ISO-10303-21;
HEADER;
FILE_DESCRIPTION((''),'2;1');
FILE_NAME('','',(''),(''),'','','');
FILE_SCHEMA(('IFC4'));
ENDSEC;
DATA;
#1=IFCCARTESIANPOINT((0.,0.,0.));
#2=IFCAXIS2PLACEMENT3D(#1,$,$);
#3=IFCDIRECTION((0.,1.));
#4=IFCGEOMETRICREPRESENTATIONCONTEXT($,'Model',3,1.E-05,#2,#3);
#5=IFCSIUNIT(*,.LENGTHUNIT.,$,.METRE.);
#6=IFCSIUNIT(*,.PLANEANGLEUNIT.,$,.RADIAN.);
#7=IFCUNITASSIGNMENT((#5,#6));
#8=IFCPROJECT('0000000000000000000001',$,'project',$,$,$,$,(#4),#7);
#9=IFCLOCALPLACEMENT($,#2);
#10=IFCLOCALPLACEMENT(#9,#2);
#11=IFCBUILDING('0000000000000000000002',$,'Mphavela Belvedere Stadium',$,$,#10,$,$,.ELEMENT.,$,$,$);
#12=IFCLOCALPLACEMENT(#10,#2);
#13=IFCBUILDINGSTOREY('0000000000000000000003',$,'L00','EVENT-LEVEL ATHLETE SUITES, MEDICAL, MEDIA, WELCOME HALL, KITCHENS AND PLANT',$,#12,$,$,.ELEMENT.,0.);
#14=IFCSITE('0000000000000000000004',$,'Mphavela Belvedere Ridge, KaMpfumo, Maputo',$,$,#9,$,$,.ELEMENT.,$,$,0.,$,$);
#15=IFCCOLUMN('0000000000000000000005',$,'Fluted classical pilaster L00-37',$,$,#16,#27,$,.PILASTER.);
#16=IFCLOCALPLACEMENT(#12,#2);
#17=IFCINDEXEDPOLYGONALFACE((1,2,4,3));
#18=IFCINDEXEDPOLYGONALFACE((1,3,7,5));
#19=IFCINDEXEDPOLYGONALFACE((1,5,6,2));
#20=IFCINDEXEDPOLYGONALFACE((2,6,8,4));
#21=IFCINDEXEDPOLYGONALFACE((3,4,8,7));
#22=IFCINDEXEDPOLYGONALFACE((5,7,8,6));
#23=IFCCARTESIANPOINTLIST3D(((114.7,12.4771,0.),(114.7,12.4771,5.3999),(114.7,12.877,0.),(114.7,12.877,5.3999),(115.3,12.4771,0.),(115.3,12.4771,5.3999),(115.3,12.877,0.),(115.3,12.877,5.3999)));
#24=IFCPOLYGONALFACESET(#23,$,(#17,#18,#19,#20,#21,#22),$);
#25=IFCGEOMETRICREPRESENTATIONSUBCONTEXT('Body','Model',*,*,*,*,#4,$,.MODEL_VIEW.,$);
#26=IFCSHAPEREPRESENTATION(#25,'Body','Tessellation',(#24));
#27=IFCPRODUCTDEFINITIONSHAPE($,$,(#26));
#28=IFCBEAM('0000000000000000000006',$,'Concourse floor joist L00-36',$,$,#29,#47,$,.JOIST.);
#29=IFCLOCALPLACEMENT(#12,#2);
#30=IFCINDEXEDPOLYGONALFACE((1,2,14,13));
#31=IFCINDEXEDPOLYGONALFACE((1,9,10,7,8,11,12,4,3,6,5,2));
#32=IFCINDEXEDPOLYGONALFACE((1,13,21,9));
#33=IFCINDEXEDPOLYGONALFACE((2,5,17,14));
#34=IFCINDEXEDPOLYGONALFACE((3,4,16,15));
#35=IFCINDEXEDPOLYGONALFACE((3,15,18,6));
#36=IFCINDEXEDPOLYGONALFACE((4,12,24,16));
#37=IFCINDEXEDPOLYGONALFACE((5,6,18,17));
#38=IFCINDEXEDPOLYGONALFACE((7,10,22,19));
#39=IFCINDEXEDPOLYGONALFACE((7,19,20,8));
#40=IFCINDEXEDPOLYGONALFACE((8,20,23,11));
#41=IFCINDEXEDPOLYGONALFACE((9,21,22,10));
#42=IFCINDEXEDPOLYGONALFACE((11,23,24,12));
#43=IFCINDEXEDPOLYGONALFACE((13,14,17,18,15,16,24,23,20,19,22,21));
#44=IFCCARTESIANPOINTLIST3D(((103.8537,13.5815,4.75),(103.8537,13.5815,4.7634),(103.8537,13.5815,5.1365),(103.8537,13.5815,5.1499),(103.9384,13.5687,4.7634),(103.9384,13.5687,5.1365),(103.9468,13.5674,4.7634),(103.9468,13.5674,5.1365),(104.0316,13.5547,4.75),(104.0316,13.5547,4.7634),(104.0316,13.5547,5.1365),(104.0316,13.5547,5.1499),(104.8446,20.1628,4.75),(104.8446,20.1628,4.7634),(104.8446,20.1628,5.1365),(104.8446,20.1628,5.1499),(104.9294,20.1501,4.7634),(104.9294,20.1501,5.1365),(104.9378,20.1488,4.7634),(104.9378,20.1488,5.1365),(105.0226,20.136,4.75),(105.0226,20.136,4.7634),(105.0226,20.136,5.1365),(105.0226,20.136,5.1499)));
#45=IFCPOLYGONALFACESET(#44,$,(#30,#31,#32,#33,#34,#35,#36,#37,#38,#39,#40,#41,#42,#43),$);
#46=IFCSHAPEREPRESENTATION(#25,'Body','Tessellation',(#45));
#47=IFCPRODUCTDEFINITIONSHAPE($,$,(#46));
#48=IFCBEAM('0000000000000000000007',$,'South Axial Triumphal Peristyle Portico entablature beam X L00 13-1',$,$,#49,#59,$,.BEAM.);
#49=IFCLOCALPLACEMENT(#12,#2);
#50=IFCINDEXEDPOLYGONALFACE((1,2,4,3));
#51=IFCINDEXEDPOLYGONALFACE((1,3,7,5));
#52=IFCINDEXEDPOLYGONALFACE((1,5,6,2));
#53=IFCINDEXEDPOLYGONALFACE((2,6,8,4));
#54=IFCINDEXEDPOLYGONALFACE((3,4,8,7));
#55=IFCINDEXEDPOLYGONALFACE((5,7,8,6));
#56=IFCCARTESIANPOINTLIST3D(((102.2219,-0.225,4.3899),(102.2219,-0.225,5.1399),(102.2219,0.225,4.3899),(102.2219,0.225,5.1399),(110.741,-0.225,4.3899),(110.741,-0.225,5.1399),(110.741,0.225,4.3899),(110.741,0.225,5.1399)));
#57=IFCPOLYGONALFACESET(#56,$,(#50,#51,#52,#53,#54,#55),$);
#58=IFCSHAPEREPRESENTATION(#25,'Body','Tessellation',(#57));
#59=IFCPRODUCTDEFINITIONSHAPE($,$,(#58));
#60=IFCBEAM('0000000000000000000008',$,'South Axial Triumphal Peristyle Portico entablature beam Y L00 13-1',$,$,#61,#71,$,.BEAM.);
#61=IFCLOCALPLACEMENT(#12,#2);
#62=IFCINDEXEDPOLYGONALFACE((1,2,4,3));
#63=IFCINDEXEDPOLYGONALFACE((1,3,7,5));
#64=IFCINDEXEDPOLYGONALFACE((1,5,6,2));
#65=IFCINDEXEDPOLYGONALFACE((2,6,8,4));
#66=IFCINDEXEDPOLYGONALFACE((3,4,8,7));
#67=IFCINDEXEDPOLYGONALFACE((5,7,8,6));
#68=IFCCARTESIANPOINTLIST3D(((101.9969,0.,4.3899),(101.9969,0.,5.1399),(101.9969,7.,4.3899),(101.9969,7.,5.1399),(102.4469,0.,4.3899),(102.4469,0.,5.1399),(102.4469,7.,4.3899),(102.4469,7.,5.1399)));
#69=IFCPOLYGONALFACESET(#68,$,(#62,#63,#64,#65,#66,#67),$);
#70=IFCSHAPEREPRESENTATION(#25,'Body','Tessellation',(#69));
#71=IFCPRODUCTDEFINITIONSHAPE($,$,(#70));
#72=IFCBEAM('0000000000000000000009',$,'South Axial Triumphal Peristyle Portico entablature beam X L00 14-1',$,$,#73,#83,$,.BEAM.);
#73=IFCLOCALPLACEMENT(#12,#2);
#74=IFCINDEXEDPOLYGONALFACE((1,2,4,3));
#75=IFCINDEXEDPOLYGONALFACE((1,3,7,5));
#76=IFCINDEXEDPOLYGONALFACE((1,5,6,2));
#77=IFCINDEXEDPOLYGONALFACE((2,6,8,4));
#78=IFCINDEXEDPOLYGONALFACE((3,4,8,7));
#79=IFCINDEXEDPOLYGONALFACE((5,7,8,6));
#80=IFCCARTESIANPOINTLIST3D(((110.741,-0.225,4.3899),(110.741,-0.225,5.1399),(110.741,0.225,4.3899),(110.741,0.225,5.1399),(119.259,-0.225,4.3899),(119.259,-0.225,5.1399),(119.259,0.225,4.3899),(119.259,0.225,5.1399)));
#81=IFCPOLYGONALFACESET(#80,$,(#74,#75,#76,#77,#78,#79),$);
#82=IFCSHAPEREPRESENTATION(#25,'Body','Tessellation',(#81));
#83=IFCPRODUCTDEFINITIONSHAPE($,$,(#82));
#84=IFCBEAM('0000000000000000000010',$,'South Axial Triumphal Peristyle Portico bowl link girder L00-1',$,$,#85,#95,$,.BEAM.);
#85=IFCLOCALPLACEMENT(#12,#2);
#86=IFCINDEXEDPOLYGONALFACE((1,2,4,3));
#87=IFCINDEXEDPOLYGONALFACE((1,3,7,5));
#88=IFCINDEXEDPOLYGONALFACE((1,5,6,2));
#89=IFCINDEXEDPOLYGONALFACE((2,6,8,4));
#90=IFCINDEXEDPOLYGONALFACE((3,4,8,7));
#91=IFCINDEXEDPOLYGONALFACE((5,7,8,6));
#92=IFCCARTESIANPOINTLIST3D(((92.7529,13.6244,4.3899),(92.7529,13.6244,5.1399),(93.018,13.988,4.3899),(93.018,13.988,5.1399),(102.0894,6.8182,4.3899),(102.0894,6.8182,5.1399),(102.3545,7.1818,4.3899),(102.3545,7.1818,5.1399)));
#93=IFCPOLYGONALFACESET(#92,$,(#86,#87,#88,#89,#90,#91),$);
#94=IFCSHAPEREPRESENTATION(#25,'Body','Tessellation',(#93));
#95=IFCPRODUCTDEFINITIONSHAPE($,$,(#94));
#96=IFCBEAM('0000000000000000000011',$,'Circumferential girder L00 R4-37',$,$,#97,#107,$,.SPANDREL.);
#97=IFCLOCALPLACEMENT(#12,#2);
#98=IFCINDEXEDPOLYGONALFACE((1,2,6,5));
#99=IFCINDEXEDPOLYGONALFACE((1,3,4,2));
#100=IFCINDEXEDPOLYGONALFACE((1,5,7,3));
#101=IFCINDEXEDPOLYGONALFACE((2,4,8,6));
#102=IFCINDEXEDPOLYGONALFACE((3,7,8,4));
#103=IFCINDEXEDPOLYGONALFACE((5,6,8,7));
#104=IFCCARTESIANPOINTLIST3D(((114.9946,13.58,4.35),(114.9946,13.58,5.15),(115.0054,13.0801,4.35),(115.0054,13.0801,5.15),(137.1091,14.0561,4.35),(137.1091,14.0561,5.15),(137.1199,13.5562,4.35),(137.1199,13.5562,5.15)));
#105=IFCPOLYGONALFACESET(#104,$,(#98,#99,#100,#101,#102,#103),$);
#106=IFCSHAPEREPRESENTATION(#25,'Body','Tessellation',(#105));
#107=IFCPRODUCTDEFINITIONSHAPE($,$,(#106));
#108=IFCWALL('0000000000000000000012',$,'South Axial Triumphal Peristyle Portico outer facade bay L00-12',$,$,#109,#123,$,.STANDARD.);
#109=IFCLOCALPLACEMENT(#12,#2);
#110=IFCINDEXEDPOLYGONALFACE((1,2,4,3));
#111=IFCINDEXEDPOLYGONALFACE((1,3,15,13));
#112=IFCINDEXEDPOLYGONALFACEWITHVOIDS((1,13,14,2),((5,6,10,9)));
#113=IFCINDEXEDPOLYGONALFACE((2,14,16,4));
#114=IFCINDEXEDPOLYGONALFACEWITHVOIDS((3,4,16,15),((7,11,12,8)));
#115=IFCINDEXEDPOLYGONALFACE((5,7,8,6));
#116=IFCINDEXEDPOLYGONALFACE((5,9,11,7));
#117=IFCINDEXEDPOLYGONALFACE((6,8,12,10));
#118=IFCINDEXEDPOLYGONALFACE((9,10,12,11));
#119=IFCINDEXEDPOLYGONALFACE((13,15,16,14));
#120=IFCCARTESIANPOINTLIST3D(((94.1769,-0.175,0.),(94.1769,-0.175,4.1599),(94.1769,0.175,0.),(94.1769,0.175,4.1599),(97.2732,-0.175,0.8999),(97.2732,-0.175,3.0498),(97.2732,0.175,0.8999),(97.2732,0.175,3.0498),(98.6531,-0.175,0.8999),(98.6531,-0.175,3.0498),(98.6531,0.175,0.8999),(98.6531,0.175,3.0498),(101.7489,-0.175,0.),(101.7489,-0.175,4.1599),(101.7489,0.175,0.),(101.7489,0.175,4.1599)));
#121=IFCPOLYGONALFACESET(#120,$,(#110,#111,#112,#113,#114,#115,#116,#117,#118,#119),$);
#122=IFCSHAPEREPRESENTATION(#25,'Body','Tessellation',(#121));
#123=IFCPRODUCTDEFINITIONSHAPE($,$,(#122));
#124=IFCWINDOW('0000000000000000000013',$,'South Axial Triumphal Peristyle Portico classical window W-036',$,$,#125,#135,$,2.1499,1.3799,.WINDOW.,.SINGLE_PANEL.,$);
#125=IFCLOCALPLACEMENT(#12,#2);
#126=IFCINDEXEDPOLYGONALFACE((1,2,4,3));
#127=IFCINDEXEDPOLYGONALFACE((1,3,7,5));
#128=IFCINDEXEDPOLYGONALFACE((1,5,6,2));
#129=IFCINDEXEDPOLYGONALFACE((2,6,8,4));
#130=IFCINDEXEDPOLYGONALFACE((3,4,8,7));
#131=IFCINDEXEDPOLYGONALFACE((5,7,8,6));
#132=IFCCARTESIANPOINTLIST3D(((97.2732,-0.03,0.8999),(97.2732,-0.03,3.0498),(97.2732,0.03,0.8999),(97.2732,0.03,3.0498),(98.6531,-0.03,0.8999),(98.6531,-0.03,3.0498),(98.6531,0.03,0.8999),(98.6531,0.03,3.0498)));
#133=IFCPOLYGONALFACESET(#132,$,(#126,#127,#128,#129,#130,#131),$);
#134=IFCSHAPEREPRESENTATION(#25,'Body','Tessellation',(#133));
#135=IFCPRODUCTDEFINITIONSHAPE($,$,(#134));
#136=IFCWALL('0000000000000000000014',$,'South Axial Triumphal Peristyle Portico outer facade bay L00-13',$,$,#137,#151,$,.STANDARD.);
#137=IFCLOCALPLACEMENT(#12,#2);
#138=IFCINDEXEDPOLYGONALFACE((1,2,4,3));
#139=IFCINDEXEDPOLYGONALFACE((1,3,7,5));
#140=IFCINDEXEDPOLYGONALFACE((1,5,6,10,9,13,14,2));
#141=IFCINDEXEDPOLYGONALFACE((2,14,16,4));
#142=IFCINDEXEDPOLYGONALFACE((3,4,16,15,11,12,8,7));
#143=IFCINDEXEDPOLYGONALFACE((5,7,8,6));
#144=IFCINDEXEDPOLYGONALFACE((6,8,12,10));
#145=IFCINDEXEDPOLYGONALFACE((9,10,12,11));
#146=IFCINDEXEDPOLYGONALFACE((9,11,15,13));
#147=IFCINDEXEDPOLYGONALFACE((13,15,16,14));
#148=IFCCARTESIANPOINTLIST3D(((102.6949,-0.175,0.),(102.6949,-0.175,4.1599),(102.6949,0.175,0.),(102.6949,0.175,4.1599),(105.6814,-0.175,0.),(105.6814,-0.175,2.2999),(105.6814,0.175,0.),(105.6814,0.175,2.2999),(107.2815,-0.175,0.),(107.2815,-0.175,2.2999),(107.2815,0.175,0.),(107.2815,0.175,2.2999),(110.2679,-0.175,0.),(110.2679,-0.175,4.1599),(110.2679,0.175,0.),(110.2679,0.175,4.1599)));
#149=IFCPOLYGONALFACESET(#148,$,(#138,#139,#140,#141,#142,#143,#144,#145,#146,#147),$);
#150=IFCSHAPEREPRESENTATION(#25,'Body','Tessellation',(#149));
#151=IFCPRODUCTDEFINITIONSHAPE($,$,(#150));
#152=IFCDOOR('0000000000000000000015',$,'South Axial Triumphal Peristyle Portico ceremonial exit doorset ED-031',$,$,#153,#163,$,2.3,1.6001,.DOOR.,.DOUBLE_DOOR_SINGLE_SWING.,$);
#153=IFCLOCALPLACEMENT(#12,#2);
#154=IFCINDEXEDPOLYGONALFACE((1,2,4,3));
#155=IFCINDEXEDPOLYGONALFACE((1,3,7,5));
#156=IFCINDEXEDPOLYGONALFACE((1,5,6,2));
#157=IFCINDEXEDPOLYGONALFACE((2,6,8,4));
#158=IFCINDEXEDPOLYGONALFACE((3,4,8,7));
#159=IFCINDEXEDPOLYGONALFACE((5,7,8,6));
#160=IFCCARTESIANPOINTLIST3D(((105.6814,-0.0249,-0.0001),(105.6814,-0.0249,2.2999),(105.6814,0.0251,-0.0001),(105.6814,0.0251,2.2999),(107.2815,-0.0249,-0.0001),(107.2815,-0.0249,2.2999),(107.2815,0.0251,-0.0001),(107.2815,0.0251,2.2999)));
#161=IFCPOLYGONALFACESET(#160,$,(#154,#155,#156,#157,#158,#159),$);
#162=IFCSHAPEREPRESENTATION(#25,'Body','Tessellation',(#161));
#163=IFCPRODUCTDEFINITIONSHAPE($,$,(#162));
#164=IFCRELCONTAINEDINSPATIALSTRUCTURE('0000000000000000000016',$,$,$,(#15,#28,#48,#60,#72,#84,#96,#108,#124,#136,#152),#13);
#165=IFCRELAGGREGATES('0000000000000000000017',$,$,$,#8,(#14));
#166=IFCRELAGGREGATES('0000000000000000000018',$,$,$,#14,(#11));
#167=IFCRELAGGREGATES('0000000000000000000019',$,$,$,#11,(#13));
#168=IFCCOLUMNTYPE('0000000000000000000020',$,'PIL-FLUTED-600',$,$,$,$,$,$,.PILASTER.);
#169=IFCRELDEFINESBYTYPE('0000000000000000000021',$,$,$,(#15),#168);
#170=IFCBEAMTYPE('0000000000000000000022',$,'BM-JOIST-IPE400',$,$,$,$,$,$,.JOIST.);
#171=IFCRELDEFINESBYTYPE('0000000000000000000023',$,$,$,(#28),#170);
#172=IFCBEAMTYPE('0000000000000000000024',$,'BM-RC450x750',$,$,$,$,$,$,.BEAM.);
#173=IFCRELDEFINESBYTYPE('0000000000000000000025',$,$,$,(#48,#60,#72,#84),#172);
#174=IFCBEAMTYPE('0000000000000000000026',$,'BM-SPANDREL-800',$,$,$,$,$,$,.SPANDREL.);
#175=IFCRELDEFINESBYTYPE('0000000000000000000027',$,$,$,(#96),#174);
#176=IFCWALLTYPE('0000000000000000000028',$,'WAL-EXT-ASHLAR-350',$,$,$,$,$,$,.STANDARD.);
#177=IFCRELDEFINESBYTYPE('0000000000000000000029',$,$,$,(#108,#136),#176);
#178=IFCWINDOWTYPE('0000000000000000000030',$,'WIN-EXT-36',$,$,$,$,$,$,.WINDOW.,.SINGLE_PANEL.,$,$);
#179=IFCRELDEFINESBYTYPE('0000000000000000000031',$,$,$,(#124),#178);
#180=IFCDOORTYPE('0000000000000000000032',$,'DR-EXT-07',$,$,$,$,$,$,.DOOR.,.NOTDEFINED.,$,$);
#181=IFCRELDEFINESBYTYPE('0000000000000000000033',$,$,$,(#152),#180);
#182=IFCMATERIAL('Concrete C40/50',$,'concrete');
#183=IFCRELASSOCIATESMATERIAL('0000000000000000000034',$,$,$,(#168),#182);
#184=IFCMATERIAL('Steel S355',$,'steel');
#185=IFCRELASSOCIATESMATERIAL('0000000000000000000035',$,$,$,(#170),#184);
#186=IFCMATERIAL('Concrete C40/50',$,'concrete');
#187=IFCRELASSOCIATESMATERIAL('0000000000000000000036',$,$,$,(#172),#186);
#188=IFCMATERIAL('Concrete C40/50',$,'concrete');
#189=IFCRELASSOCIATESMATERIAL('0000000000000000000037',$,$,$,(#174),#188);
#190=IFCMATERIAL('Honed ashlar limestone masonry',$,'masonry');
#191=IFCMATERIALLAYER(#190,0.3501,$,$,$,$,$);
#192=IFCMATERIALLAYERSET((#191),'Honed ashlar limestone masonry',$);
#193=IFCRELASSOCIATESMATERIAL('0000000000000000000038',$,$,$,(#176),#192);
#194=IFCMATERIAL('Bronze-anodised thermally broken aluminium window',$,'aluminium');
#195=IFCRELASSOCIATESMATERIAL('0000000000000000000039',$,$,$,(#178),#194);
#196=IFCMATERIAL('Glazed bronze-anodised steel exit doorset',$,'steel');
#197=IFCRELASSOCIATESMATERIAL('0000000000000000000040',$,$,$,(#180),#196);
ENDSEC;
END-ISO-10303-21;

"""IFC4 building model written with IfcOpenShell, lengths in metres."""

from ifc_helpers import new_model, si_unit, direction, frame, frame_2d, origin, origin_2d, place, context, subcontext, project, spatial, rectangle, i_section, extrude, material, layer, layer_set, material_profile, profile_set, type_object, element, fill, save


model = new_model("IFC4")

# Units and contexts
model_context = context("Model", 3, precision=1e-05, world=origin(), true_north=direction((0.0, 1.0)))
body_context = subcontext(model_context, "Body", "Model", "MODEL_VIEW")
ifc_project = project(units=[si_unit("LENGTHUNIT", "METRE"), si_unit("PLANEANGLEUNIT", "RADIAN")], contexts=[model_context])

# Site, building, storey
site_placement = place(None, origin())
site = spatial("IfcSite", under=ifc_project, at=site_placement, Name="Mphavela Belvedere Ridge, KaMpfumo, Maputo", CompositionType="ELEMENT", RefElevation=0.0)
building_placement = place(site_placement, origin())
building = spatial("IfcBuilding", under=site, at=building_placement, Name="Mphavela Belvedere Stadium", CompositionType="ELEMENT")
storey_placement = place(building_placement, origin())
storey = spatial("IfcBuildingStorey", under=building, at=storey_placement, Name="L00", Description="EVENT-LEVEL ATHLETE SUITES, MEDICAL, MEDIA, WELCOME HALL, KITCHENS AND PLANT", CompositionType="ELEMENT", Elevation=0.0)

# Column
ifc_material_1 = material(Name="Concrete C40/50", Category="concrete")
ifc_material_profile_1 = material_profile(ifc_material_1, rectangle(XDim=0.6001, YDim=0.3999, at=origin_2d()), Name="PIL 600x400")
ifc_profile_set_1 = profile_set([ifc_material_profile_1], Name="Concrete C40/50")
column_type_1 = type_object("IfcColumnType", Name="PIL-FLUTED-600", PredefinedType="PILASTER", material=ifc_profile_set_1)
column_1_placement = place(storey_placement, frame((115.0, 12.677, 0.0), z_axis=(0.0, 0.0, 1.0), x_axis=(1.0, 0.0, 0.0)))
element("IfcColumn", 1, at=column_1_placement, inside=storey, type_object=column_type_1, Name="Fluted classical pilaster L00-37", PredefinedType="PILASTER", context=body_context, shape_type="SweptSolid", body=[
    extrude(rectangle(XDim=0.6001, YDim=0.3999, at=origin_2d()), origin(), (0.0, 0.0, 1.0), 5.3999),
])

# Beams
ifc_material_2 = material(Name="Steel S355", Category="steel")
ifc_material_profile_2 = material_profile(ifc_material_2, i_section(OverallWidth=0.1799, OverallDepth=0.3999, WebThickness=0.0085, FlangeThickness=0.0134, at=origin_2d()), Name="IPE 400")
ifc_profile_set_2 = profile_set([ifc_material_profile_2], Name="Steel S355")
beam_type_1 = type_object("IfcBeamType", Name="BM-JOIST-IPE400", PredefinedType="JOIST", material=ifc_profile_set_2)
beam_1_placement = place(storey_placement, frame((104.9336, 20.1494, 4.95), z_axis=(-0.148895, -0.988853, 0.0), x_axis=(0.988853, -0.148895, 0.0)))
element("IfcBeam", 2, at=beam_1_placement, inside=storey, type_object=beam_type_1, Name="Concourse floor joist L00-36", PredefinedType="JOIST", context=body_context, shape_type="SweptSolid", body=[
    extrude(i_section(OverallWidth=0.1799, OverallDepth=0.3999, WebThickness=0.0085, FlangeThickness=0.0134, at=origin_2d()), origin(), (0.0, 0.0, 1.0), 6.6555),
])
ifc_material_3 = material(Name="Concrete C40/50", Category="concrete")
ifc_material_profile_3 = material_profile(ifc_material_3, rectangle(XDim=0.45, YDim=0.75, at=origin_2d()), Name="RC 450x750")
ifc_profile_set_3 = profile_set([ifc_material_profile_3], Name="Concrete C40/50")
beam_type_2 = type_object("IfcBeamType", Name="BM-RC450x750", PredefinedType="BEAM", material=ifc_profile_set_3)
beam_2_placement = place(storey_placement, frame((102.2219, 0.0, 4.7649), z_axis=(1.0, 0.0, 0.0), x_axis=(0.0, 1.0, 0.0)))
element("IfcBeam", 3, at=beam_2_placement, inside=storey, type_object=beam_type_2, Name="South Axial Triumphal Peristyle Portico entablature beam X L00 13-1", PredefinedType="BEAM", context=body_context, shape_type="SweptSolid", body=[
    extrude(rectangle(XDim=0.45, YDim=0.75, at=origin_2d()), origin(), (0.0, 0.0, 1.0), 8.519),
])
beam_3_placement = place(storey_placement, frame((102.2219, 0.0, 4.7649), z_axis=(0.0, 1.0, 0.0), x_axis=(-1.0, 0.0, 0.0)))
element("IfcBeam", 4, at=beam_3_placement, inside=storey, type_object=beam_type_2, Name="South Axial Triumphal Peristyle Portico entablature beam Y L00 13-1", PredefinedType="BEAM", context=body_context, shape_type="SweptSolid", body=[
    extrude(rectangle(XDim=0.45, YDim=0.75, at=origin_2d()), origin(), (0.0, 0.0, 1.0), 7.0),
])
beam_4_placement = place(storey_placement, frame((110.741, 0.0, 4.7649), z_axis=(1.0, 0.0, 0.0), x_axis=(0.0, 1.0, 0.0)))
element("IfcBeam", 5, at=beam_4_placement, inside=storey, type_object=beam_type_2, Name="South Axial Triumphal Peristyle Portico entablature beam X L00 14-1", PredefinedType="BEAM", context=body_context, shape_type="SweptSolid", body=[
    extrude(rectangle(XDim=0.45, YDim=0.75, at=origin_2d()), origin(), (0.0, 0.0, 1.0), 8.5181),
])
beam_5_placement = place(storey_placement, frame((102.2219, 7.0, 4.7649), z_axis=(-0.808076, 0.589078, 0.0), x_axis=(-0.589078, -0.808076, 0.0)))
element("IfcBeam", 6, at=beam_5_placement, inside=storey, type_object=beam_type_2, Name="South Axial Triumphal Peristyle Portico bowl link girder L00-1", PredefinedType="BEAM", context=body_context, shape_type="SweptSolid", body=[
    extrude(rectangle(XDim=0.45, YDim=0.75, at=origin_2d()), origin(), (0.0, 0.0, 1.0), 11.554),
])
ifc_material_4 = material(Name="Concrete C40/50", Category="concrete")
ifc_material_profile_4 = material_profile(ifc_material_4, rectangle(XDim=0.5, YDim=0.8, at=origin_2d()), Name="RC 500x800")
ifc_profile_set_4 = profile_set([ifc_material_profile_4], Name="Concrete C40/50")
beam_type_3 = type_object("IfcBeamType", Name="BM-SPANDREL-800", PredefinedType="SPANDREL", material=ifc_profile_set_4)
beam_6_placement = place(storey_placement, frame((115.0, 13.3301, 4.75), z_axis=(0.999768, 0.021523, 0.0), x_axis=(-0.021523, 0.999768, 0.0)))
element("IfcBeam", 7, at=beam_6_placement, inside=storey, type_object=beam_type_3, Name="Circumferential girder L00 R4-37", PredefinedType="SPANDREL", context=body_context, shape_type="SweptSolid", body=[
    extrude(rectangle(XDim=0.5, YDim=0.8, at=origin_2d()), origin(), (0.0, 0.0, 1.0), 22.1196),
])

# Wall, opening, window
ifc_material_5 = material(Name="Honed ashlar limestone masonry", Category="masonry")
ifc_layer_1 = layer(ifc_material_5, 0.3501)
ifc_layer_set_1 = layer_set([ifc_layer_1], Name="Honed ashlar limestone masonry")
wall_type_1 = type_object("IfcWallType", Name="WAL-EXT-ASHLAR-350", PredefinedType="STANDARD", material=ifc_layer_set_1)
wall_1_placement = place(storey_placement, frame((101.749, 0.0, 0.0), z_axis=(0.0, 0.0, 1.0), x_axis=(-1.0, 0.0, 0.0)))
wall_1 = element("IfcWall", 8, at=wall_1_placement, inside=storey, type_object=wall_type_1, Name="South Axial Triumphal Peristyle Portico outer facade bay L00-12", PredefinedType="STANDARD", context=body_context, shape_type="SweptSolid", body=[
    extrude(rectangle(XDim=7.572, YDim=0.3501, at=frame_2d((3.7861, 0.0))), origin(), (0.0, 0.0, 1.0), 4.1599),
])
opening_1_placement = place(wall_1_placement, frame((3.0959, 0.0, 0.8999)))
opening_1 = element("IfcOpeningElement", 9, at=opening_1_placement, cuts=wall_1, PredefinedType="OPENING", context=body_context, shape_type="SweptSolid", body=[
    extrude(rectangle(XDim=1.3799, YDim=2.1499, at=frame_2d((0.6899, 1.075))), frame((0.0, 0.1851, 0.0), z_axis=(0.0, -1.0, 0.0), x_axis=(1.0, 0.0, 0.0)), (0.0, 0.0, 1.0), 0.3701),
])
ifc_material_6 = material(Name="Bronze-anodised thermally broken aluminium window", Category="aluminium")
window_type = type_object("IfcWindowType", Name="WIN-EXT-36", PartitioningType="SINGLE_PANEL", PredefinedType="WINDOW", material=ifc_material_6)
window_placement = place(opening_1_placement, origin())
window = element("IfcWindow", 10, at=window_placement, inside=storey, type_object=window_type, Name="South Axial Triumphal Peristyle Portico classical window W-036", OverallHeight=2.1499, OverallWidth=1.3799, PartitioningType="SINGLE_PANEL", PredefinedType="WINDOW", context=body_context, shape_type="SweptSolid", body=[
    extrude(rectangle(XDim=1.3799, YDim=2.1499, at=frame_2d((0.6899, 1.075))), frame((0.0, 0.03, 0.0), z_axis=(0.0, -1.0, 0.0), x_axis=(1.0, 0.0, 0.0)), (0.0, 0.0, 1.0), 0.0601),
])
fill(opening_1, window)

# Wall, opening, door
wall_2_placement = place(storey_placement, frame((110.2681, 0.0, 0.0), z_axis=(0.0, 0.0, 1.0), x_axis=(-1.0, 0.0, 0.0)))
wall_2 = element("IfcWall", 11, at=wall_2_placement, inside=storey, type_object=wall_type_1, Name="South Axial Triumphal Peristyle Portico outer facade bay L00-13", PredefinedType="STANDARD", context=body_context, shape_type="SweptSolid", body=[
    extrude(rectangle(XDim=7.573, YDim=0.3501, at=frame_2d((3.7866, 0.0))), origin(), (0.0, 0.0, 1.0), 4.1599),
])
opening_2_placement = place(wall_2_placement, frame((2.9866, 0.0, 0.0)))
opening_2 = element("IfcOpeningElement", 12, at=opening_2_placement, cuts=wall_2, PredefinedType="OPENING", context=body_context, shape_type="SweptSolid", body=[
    extrude(rectangle(XDim=1.6001, YDim=2.3, at=frame_2d((0.8, 1.1499))), frame((0.0, 0.1851, 0.0), z_axis=(0.0, -1.0, 0.0), x_axis=(1.0, 0.0, 0.0)), (0.0, 0.0, 1.0), 0.3701),
])
ifc_material_7 = material(Name="Glazed bronze-anodised steel exit doorset", Category="steel")
door_type_1 = type_object("IfcDoorType", Name="DR-EXT-07", OperationType="NOTDEFINED", PredefinedType="DOOR", material=ifc_material_7)
door_1_placement = place(opening_2_placement, origin())
door_1 = element("IfcDoor", 13, at=door_1_placement, inside=storey, type_object=door_type_1, Name="South Axial Triumphal Peristyle Portico ceremonial exit doorset ED-031", OperationType="DOUBLE_DOOR_SINGLE_SWING", OverallHeight=2.3, OverallWidth=1.6001, PredefinedType="DOOR", context=body_context, shape_type="SweptSolid", body=[
    extrude(rectangle(XDim=1.6001, YDim=2.3, at=frame_2d((0.8, 1.1499))), frame((0.0, 0.0249, 0.0), z_axis=(0.0, -1.0, 0.0), x_axis=(1.0, 0.0, 0.0)), (0.0, 0.0, 1.0), 0.05),
])
fill(opening_2, door_1)

save(model, "model.ifc")
